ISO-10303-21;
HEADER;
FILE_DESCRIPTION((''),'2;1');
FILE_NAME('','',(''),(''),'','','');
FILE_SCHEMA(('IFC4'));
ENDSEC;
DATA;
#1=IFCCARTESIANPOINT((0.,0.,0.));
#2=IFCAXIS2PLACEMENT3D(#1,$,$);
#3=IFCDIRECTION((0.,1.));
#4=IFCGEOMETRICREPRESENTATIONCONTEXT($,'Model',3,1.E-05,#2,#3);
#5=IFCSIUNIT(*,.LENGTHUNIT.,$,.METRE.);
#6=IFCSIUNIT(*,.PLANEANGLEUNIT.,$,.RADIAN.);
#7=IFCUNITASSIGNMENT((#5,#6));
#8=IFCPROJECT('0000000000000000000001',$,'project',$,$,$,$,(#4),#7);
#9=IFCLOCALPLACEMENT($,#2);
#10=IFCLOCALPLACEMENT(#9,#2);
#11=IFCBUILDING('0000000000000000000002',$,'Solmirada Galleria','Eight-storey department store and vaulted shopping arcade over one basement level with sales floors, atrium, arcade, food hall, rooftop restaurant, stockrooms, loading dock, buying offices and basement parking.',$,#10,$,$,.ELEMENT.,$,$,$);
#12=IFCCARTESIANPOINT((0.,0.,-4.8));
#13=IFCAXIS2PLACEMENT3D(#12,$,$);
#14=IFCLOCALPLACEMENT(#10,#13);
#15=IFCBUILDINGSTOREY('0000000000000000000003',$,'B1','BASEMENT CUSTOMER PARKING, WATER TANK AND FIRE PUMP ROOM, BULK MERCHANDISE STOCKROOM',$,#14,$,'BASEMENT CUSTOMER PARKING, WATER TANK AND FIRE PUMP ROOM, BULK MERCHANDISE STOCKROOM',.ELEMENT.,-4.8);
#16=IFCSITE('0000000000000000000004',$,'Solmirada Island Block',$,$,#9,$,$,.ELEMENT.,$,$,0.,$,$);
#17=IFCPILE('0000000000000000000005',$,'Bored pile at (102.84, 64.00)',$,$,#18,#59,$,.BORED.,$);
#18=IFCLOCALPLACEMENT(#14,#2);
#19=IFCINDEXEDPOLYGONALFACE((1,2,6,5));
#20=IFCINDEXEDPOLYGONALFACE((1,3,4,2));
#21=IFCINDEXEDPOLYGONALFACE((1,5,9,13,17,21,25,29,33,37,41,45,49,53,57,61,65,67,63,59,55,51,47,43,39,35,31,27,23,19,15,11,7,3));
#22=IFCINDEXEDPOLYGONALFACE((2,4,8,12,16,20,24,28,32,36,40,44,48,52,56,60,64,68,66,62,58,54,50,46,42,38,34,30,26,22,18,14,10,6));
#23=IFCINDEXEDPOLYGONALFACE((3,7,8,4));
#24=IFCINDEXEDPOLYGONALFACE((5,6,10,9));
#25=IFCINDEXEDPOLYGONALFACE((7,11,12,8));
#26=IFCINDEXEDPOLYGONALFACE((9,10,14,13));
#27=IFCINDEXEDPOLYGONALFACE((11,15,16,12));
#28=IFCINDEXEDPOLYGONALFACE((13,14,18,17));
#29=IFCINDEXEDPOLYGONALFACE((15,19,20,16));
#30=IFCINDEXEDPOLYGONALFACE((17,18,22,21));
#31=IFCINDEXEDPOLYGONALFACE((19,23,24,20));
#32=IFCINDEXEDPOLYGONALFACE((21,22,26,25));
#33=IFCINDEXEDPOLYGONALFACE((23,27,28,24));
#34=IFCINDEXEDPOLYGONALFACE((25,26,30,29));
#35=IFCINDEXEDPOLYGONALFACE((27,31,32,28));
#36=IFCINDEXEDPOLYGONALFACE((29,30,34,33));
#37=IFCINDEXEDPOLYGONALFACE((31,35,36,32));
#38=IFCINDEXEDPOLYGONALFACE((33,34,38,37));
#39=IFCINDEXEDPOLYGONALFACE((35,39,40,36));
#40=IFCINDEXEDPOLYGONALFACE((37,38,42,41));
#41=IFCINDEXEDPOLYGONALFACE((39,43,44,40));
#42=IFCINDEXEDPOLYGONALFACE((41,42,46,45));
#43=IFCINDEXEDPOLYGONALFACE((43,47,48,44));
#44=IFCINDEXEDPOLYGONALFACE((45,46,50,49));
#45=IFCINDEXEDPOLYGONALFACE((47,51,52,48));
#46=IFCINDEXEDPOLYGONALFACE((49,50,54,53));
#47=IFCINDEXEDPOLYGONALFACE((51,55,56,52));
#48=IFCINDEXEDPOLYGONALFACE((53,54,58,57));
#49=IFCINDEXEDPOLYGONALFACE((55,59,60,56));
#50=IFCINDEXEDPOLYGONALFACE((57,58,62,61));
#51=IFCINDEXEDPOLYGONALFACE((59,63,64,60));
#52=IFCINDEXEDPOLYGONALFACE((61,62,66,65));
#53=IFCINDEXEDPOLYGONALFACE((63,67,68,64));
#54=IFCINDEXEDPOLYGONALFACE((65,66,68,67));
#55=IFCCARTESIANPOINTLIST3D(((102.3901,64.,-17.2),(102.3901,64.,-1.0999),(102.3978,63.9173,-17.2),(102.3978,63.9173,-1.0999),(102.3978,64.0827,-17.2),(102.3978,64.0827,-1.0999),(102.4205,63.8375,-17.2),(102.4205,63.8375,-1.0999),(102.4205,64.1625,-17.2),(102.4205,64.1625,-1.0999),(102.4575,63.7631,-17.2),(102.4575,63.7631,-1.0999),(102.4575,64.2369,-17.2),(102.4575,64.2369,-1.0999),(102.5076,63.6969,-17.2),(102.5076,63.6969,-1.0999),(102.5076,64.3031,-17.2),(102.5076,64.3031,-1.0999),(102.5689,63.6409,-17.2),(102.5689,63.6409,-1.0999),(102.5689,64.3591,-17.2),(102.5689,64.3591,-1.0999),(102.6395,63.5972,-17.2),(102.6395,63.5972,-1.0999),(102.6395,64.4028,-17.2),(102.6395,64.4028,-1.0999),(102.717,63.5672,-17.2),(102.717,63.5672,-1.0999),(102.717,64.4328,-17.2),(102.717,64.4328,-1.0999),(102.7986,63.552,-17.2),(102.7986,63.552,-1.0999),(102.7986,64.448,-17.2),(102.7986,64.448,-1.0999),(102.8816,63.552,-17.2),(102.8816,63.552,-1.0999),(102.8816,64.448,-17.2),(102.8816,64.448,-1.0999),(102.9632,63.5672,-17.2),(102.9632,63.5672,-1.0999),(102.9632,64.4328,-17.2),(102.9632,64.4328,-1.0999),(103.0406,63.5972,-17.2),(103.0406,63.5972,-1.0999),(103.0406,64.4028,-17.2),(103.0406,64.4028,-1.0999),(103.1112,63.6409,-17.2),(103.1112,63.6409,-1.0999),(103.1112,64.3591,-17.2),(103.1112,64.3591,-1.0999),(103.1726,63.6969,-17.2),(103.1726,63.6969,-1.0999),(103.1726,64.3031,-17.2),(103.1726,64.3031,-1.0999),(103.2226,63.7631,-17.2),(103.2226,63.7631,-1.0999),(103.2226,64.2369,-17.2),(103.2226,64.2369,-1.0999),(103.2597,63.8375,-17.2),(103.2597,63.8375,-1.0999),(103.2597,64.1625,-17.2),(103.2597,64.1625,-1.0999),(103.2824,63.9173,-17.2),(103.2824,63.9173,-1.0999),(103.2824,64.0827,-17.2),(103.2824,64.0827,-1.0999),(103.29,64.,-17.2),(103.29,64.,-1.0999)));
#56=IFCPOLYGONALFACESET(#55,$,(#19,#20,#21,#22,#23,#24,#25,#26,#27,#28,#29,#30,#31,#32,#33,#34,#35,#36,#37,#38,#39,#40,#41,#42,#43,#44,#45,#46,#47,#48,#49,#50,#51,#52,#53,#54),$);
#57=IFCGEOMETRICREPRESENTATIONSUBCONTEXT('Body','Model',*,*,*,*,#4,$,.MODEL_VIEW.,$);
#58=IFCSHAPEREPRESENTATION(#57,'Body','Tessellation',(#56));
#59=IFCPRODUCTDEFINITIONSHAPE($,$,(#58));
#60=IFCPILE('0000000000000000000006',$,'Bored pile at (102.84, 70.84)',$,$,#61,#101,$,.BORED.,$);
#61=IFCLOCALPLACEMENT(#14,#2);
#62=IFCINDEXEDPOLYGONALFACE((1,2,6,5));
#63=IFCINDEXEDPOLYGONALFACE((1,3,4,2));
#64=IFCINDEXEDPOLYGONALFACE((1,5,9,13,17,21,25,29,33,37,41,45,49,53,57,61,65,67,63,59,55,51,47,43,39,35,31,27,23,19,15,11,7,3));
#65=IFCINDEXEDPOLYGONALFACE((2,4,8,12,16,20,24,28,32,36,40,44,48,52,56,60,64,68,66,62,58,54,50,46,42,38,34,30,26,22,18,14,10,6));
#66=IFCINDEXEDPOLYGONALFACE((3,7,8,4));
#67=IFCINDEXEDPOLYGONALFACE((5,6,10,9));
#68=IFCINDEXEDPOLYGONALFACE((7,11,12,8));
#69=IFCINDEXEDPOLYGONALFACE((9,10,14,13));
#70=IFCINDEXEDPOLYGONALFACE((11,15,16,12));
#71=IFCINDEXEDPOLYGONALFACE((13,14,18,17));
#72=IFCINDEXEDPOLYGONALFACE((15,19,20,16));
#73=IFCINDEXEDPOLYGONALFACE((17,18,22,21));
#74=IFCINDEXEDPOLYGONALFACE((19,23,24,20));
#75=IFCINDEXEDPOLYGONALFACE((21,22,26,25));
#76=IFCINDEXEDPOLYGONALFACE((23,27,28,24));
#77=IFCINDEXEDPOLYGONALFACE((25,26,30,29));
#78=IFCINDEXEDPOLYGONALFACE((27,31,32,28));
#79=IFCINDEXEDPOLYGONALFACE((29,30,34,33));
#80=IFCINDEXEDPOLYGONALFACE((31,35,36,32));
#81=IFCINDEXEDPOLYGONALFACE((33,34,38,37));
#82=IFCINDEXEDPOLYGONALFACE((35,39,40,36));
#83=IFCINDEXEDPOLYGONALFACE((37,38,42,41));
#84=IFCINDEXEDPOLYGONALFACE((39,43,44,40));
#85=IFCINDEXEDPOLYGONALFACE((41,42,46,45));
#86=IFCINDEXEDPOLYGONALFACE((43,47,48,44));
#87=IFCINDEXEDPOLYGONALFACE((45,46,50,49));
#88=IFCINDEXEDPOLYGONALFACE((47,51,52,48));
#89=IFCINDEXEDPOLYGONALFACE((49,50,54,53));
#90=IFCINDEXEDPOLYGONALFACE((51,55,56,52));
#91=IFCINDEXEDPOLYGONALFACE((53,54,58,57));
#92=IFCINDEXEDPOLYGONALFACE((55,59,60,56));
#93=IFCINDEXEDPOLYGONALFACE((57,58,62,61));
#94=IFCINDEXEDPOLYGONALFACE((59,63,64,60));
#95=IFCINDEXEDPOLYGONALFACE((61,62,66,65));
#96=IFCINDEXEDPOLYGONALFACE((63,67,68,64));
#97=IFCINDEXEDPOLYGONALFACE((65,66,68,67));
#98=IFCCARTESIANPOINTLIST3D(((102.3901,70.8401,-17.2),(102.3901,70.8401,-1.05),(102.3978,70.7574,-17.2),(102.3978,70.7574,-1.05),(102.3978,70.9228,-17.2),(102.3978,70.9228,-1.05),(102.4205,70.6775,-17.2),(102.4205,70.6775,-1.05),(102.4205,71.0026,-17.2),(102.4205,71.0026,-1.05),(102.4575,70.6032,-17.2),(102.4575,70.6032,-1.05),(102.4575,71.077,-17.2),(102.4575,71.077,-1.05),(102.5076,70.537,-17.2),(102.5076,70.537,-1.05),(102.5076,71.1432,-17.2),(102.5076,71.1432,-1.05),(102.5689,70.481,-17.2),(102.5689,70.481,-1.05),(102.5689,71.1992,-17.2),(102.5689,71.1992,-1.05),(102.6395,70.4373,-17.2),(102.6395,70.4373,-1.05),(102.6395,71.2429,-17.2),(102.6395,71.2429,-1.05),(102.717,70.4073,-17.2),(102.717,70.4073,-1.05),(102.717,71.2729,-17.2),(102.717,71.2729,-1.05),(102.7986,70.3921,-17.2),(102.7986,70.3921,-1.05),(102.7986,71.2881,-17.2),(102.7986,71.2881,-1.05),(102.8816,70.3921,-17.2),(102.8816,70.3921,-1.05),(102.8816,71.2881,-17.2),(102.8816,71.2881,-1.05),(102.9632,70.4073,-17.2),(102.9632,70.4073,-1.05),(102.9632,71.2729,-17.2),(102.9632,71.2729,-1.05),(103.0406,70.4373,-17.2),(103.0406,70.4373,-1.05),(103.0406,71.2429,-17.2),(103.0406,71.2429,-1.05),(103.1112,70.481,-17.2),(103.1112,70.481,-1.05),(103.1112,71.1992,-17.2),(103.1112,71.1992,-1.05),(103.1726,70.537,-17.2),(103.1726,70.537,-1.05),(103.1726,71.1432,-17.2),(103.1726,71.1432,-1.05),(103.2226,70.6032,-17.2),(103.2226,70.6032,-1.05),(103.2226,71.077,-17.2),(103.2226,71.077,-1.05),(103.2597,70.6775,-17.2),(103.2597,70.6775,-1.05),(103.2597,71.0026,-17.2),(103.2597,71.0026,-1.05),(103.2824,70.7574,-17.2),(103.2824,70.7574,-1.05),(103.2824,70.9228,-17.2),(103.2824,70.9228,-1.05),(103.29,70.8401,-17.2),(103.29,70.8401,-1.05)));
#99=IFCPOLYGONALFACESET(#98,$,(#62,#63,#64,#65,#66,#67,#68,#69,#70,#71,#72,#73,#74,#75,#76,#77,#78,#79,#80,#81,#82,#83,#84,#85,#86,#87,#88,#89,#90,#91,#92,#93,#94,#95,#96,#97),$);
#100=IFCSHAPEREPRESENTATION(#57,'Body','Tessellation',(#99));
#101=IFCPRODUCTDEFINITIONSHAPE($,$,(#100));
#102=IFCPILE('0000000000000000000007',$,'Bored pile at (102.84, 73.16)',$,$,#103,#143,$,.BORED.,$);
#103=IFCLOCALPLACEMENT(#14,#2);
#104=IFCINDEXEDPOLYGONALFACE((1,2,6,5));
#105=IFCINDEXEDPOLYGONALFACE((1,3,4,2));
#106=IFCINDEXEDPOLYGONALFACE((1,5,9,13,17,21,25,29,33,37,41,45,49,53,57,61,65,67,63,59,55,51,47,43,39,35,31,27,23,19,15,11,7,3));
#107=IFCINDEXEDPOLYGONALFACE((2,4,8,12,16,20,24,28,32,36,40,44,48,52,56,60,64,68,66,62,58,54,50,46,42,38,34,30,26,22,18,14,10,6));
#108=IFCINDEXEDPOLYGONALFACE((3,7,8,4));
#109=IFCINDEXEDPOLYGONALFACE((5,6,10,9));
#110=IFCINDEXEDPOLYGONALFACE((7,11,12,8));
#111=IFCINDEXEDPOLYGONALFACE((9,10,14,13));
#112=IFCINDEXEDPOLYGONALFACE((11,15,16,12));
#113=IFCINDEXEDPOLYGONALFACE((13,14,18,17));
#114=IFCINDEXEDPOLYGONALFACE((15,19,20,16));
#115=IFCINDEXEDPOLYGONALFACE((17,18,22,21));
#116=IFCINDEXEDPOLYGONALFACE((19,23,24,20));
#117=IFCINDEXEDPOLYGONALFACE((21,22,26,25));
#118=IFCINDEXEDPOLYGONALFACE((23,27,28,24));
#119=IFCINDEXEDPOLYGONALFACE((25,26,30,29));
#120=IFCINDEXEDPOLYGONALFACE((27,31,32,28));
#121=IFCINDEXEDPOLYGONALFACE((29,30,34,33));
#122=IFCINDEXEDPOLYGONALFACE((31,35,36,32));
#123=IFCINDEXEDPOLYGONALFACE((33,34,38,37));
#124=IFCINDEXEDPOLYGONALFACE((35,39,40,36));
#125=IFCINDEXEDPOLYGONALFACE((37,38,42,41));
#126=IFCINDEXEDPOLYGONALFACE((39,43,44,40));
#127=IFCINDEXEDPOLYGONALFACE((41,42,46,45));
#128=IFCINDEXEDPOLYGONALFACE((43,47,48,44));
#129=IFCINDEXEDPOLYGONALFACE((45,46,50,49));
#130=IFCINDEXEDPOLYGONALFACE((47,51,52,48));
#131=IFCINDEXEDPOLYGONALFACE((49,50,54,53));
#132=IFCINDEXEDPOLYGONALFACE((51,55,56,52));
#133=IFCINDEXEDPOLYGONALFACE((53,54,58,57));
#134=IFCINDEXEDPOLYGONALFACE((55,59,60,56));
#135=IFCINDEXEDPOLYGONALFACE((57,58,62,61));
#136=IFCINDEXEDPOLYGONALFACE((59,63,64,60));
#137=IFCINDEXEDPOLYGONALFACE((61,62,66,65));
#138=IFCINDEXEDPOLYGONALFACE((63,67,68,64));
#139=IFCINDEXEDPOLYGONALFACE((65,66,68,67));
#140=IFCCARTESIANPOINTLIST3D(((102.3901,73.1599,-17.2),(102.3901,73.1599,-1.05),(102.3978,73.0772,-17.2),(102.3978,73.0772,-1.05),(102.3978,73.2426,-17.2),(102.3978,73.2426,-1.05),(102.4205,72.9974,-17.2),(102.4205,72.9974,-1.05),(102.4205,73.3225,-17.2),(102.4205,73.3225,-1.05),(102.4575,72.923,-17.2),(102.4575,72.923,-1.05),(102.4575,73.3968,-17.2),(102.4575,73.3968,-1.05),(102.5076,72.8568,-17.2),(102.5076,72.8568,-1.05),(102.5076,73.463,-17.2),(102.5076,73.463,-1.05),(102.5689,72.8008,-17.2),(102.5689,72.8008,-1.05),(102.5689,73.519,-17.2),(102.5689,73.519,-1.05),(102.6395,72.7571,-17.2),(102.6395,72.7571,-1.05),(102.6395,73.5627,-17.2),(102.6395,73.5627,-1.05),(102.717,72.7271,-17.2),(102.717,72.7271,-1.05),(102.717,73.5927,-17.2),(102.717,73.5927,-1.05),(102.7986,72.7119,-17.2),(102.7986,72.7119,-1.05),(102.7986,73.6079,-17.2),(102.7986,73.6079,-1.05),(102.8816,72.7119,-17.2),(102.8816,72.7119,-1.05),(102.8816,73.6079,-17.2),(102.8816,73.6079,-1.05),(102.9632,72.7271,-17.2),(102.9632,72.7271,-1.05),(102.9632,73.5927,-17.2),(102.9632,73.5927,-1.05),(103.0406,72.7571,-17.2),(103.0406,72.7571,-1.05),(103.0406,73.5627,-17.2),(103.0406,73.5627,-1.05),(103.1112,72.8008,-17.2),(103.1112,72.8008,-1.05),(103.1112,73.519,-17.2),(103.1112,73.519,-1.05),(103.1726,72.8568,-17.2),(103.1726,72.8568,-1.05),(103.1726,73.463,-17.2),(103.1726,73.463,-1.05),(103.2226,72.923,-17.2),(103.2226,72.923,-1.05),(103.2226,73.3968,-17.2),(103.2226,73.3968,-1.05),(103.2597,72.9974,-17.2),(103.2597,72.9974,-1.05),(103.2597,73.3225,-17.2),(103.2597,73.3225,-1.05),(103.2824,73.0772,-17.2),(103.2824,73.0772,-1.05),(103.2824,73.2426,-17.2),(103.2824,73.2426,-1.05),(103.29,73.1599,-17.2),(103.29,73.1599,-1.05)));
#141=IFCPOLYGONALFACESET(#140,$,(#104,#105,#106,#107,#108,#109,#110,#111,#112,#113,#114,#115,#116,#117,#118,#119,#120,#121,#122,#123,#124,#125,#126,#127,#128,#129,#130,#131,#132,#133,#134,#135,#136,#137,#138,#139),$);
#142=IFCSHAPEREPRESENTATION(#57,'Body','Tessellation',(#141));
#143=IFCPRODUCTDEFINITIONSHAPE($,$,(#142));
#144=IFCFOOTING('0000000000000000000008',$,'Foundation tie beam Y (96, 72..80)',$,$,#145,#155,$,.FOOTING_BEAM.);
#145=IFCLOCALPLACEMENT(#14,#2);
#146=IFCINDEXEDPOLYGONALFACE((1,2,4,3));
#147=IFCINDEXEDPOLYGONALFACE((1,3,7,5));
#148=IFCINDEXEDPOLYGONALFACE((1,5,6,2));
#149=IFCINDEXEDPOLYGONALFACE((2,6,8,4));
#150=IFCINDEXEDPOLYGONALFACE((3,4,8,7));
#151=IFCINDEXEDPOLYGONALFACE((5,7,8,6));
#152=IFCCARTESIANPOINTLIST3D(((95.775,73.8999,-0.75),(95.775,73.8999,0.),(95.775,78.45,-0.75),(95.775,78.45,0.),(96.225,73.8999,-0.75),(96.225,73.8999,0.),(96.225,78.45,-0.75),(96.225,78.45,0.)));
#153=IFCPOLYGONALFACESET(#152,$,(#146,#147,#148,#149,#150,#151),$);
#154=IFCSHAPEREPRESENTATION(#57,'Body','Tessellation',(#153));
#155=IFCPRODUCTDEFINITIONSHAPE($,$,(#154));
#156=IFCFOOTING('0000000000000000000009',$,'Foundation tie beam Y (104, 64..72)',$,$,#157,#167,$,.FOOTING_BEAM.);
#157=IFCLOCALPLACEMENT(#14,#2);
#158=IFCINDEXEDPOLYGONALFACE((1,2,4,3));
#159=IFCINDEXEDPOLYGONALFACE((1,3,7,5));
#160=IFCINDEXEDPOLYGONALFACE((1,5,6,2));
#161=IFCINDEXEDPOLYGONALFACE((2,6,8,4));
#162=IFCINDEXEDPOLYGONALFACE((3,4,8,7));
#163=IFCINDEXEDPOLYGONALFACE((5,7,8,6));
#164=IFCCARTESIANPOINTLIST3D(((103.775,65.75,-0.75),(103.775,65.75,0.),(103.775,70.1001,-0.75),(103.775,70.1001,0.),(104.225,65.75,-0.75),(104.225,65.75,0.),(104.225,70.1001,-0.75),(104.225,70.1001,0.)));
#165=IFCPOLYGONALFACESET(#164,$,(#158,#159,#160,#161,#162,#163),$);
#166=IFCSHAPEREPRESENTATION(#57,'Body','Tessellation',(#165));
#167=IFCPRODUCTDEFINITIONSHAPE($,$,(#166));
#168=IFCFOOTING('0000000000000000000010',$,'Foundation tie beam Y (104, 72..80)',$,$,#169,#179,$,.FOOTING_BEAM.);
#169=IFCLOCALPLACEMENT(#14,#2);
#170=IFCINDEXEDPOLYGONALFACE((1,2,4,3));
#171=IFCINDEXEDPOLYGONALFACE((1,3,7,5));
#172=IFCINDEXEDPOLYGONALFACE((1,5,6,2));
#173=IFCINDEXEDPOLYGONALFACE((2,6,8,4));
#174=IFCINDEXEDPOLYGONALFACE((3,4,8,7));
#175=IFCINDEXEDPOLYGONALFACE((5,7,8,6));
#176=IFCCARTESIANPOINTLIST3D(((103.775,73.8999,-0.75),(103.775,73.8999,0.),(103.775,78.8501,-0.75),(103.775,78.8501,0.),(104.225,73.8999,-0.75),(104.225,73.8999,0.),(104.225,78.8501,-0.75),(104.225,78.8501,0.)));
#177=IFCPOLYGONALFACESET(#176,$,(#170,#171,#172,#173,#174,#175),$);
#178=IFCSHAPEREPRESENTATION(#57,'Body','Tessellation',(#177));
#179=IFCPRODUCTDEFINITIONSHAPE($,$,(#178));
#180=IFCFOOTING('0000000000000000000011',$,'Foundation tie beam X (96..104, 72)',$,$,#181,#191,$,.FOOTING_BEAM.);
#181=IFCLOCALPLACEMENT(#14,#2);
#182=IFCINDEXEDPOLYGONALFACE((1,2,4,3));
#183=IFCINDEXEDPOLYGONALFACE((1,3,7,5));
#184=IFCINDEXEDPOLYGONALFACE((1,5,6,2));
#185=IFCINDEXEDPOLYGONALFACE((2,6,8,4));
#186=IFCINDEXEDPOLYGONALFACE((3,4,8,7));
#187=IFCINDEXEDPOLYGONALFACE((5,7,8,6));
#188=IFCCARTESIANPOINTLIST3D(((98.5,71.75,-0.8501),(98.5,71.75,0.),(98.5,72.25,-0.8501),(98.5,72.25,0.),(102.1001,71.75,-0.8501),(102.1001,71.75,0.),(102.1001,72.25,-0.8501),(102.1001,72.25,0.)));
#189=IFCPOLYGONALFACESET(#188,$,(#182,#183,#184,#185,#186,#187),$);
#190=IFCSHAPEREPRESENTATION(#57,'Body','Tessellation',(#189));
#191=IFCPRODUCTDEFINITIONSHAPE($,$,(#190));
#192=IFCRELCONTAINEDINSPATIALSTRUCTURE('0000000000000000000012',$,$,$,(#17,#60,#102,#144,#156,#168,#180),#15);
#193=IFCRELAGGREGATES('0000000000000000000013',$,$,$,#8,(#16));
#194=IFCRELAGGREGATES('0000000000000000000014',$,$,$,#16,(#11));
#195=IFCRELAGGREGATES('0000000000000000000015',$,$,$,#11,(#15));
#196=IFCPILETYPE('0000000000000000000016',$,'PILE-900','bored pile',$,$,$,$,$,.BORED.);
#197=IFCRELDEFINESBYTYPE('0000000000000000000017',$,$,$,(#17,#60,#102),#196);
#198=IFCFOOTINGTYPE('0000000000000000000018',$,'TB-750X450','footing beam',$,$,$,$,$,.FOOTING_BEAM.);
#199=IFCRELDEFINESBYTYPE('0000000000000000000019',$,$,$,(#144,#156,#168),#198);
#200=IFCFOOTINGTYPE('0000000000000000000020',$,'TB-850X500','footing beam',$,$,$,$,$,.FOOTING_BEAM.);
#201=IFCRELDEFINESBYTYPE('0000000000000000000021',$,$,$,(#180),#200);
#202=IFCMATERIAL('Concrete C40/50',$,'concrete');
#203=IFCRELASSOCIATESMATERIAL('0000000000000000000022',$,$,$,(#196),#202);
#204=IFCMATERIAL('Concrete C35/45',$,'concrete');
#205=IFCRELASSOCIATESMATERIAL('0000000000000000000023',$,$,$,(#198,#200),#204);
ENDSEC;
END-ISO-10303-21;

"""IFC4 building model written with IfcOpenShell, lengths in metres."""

from ifc_helpers import new_model, si_unit, direction, frame, origin, origin_2d, place, context, subcontext, project, spatial, rectangle, circle, extrude, material, material_profile, profile_set, type_object, element, save


model = new_model("IFC4")

# Units and contexts
model_context = context("Model", 3, precision=1e-05, world=origin(), true_north=direction((0.0, 1.0)))
body_context = subcontext(model_context, "Body", "Model", "MODEL_VIEW")
ifc_project = project(units=[si_unit("LENGTHUNIT", "METRE"), si_unit("PLANEANGLEUNIT", "RADIAN")], contexts=[model_context])

# Site, building, storey
site_placement = place(None, origin())
site = spatial("IfcSite", under=ifc_project, at=site_placement, Name="Solmirada Island Block", CompositionType="ELEMENT", RefElevation=0.0)
building_placement = place(site_placement, origin())
building = spatial("IfcBuilding", under=site, at=building_placement, Name="Solmirada Galleria", Description="Eight-storey department store and vaulted shopping arcade over one basement level with sales floors, atrium, arcade, food hall, rooftop restaurant, stockrooms, loading dock, buying offices and basement parking.", CompositionType="ELEMENT")
storey_placement = place(building_placement, frame((0.0, 0.0, -4.8)))
storey = spatial("IfcBuildingStorey", under=building, at=storey_placement, Name="B1", Description="BASEMENT CUSTOMER PARKING, WATER TANK AND FIRE PUMP ROOM, BULK MERCHANDISE STOCKROOM", LongName="BASEMENT CUSTOMER PARKING, WATER TANK AND FIRE PUMP ROOM, BULK MERCHANDISE STOCKROOM", CompositionType="ELEMENT", Elevation=-4.8)

# Shared definitions
ifc_material_1 = material(Name="Concrete C35/45", Category="concrete")

# Piles
ifc_material_2 = material(Name="Concrete C40/50", Category="concrete")
ifc_material_profile_1 = material_profile(ifc_material_2, circle(Radius=0.45, at=origin_2d()), Name="PILE900")
ifc_profile_set_1 = profile_set([ifc_material_profile_1], Name="Concrete C40/50")
pile_type = type_object("IfcPileType", Name="PILE-900", Description="bored pile", PredefinedType="BORED", material=ifc_profile_set_1)
pile_1_placement = place(storey_placement, frame((102.8401, 64.0, -1.0999), z_axis=(0.0, 0.0, -1.0), x_axis=(1.0, 0.0, 0.0)))
element("IfcPile", 1, at=pile_1_placement, inside=storey, type_object=pile_type, Name="Bored pile at (102.84, 64.00)", PredefinedType="BORED", context=body_context, shape_type="SweptSolid", body=[
    extrude(circle(Radius=0.45, at=origin_2d()), origin(), (0.0, 0.0, 1.0), 16.1001),
])
for number, where, z_axis, x_axis, name in (
    (2, (102.8401, 70.8401, -1.05), (0.0, 0.0, -1.0), (1.0, 0.0, 0.0), "Bored pile at (102.84, 70.84)"),
    (3, (102.8401, 73.1599, -1.05), (0.0, 0.0, -1.0), (1.0, 0.0, 0.0), "Bored pile at (102.84, 73.16)"),
):
    element("IfcPile", number, at=place(storey_placement, frame(where, z_axis=z_axis, x_axis=x_axis)), inside=storey, type_object=pile_type, Name=name, PredefinedType="BORED", context=body_context, shape_type="SweptSolid", body=[
        extrude(circle(Radius=0.45, at=origin_2d()), origin(), (0.0, 0.0, 1.0), 16.1499),
    ])

# Footings
ifc_material_profile_2 = material_profile(ifc_material_1, rectangle(XDim=0.45, YDim=0.75, at=origin_2d()), Name="RC750X450")
ifc_profile_set_2 = profile_set([ifc_material_profile_2], Name="Concrete C35/45")
footing_type_1 = type_object("IfcFootingType", Name="TB-750X450", Description="footing beam", PredefinedType="FOOTING_BEAM", material=ifc_profile_set_2)
footing_1_placement = place(storey_placement, frame((96.0, 73.8999, -0.375), z_axis=(0.0, 1.0, 0.0), x_axis=(-1.0, 0.0, 0.0)))
element("IfcFooting", 4, at=footing_1_placement, inside=storey, type_object=footing_type_1, Name="Foundation tie beam Y (96, 72..80)", PredefinedType="FOOTING_BEAM", context=body_context, shape_type="SweptSolid", body=[
    extrude(rectangle(XDim=0.45, YDim=0.75, at=origin_2d()), origin(), (0.0, 0.0, 1.0), 4.55),
])
footing_2_placement = place(storey_placement, frame((104.0, 65.75, -0.375), z_axis=(0.0, 1.0, 0.0), x_axis=(-1.0, 0.0, 0.0)))
element("IfcFooting", 5, at=footing_2_placement, inside=storey, type_object=footing_type_1, Name="Foundation tie beam Y (104, 64..72)", PredefinedType="FOOTING_BEAM", context=body_context, shape_type="SweptSolid", body=[
    extrude(rectangle(XDim=0.45, YDim=0.75, at=origin_2d()), origin(), (0.0, 0.0, 1.0), 4.3501),
])
footing_3_placement = place(storey_placement, frame((104.0, 73.8999, -0.375), z_axis=(0.0, 1.0, 0.0), x_axis=(-1.0, 0.0, 0.0)))
element("IfcFooting", 6, at=footing_3_placement, inside=storey, type_object=footing_type_1, Name="Foundation tie beam Y (104, 72..80)", PredefinedType="FOOTING_BEAM", context=body_context, shape_type="SweptSolid", body=[
    extrude(rectangle(XDim=0.45, YDim=0.75, at=origin_2d()), origin(), (0.0, 0.0, 1.0), 4.9502),
])
ifc_material_profile_3 = material_profile(ifc_material_1, rectangle(XDim=0.5, YDim=0.8501, at=origin_2d()), Name="RC850X500")
ifc_profile_set_3 = profile_set([ifc_material_profile_3], Name="Concrete C35/45")
footing_type_2 = type_object("IfcFootingType", Name="TB-850X500", Description="footing beam", PredefinedType="FOOTING_BEAM", material=ifc_profile_set_3)
footing_4_placement = place(storey_placement, frame((98.5, 72.0, -0.425), z_axis=(1.0, 0.0, 0.0), x_axis=(0.0, 1.0, 0.0)))
element("IfcFooting", 7, at=footing_4_placement, inside=storey, type_object=footing_type_2, Name="Foundation tie beam X (96..104, 72)", PredefinedType="FOOTING_BEAM", context=body_context, shape_type="SweptSolid", body=[
    extrude(rectangle(XDim=0.5, YDim=0.8501, at=origin_2d()), origin(), (0.0, 0.0, 1.0), 3.6001),
])

save(model, "model.ifc")
